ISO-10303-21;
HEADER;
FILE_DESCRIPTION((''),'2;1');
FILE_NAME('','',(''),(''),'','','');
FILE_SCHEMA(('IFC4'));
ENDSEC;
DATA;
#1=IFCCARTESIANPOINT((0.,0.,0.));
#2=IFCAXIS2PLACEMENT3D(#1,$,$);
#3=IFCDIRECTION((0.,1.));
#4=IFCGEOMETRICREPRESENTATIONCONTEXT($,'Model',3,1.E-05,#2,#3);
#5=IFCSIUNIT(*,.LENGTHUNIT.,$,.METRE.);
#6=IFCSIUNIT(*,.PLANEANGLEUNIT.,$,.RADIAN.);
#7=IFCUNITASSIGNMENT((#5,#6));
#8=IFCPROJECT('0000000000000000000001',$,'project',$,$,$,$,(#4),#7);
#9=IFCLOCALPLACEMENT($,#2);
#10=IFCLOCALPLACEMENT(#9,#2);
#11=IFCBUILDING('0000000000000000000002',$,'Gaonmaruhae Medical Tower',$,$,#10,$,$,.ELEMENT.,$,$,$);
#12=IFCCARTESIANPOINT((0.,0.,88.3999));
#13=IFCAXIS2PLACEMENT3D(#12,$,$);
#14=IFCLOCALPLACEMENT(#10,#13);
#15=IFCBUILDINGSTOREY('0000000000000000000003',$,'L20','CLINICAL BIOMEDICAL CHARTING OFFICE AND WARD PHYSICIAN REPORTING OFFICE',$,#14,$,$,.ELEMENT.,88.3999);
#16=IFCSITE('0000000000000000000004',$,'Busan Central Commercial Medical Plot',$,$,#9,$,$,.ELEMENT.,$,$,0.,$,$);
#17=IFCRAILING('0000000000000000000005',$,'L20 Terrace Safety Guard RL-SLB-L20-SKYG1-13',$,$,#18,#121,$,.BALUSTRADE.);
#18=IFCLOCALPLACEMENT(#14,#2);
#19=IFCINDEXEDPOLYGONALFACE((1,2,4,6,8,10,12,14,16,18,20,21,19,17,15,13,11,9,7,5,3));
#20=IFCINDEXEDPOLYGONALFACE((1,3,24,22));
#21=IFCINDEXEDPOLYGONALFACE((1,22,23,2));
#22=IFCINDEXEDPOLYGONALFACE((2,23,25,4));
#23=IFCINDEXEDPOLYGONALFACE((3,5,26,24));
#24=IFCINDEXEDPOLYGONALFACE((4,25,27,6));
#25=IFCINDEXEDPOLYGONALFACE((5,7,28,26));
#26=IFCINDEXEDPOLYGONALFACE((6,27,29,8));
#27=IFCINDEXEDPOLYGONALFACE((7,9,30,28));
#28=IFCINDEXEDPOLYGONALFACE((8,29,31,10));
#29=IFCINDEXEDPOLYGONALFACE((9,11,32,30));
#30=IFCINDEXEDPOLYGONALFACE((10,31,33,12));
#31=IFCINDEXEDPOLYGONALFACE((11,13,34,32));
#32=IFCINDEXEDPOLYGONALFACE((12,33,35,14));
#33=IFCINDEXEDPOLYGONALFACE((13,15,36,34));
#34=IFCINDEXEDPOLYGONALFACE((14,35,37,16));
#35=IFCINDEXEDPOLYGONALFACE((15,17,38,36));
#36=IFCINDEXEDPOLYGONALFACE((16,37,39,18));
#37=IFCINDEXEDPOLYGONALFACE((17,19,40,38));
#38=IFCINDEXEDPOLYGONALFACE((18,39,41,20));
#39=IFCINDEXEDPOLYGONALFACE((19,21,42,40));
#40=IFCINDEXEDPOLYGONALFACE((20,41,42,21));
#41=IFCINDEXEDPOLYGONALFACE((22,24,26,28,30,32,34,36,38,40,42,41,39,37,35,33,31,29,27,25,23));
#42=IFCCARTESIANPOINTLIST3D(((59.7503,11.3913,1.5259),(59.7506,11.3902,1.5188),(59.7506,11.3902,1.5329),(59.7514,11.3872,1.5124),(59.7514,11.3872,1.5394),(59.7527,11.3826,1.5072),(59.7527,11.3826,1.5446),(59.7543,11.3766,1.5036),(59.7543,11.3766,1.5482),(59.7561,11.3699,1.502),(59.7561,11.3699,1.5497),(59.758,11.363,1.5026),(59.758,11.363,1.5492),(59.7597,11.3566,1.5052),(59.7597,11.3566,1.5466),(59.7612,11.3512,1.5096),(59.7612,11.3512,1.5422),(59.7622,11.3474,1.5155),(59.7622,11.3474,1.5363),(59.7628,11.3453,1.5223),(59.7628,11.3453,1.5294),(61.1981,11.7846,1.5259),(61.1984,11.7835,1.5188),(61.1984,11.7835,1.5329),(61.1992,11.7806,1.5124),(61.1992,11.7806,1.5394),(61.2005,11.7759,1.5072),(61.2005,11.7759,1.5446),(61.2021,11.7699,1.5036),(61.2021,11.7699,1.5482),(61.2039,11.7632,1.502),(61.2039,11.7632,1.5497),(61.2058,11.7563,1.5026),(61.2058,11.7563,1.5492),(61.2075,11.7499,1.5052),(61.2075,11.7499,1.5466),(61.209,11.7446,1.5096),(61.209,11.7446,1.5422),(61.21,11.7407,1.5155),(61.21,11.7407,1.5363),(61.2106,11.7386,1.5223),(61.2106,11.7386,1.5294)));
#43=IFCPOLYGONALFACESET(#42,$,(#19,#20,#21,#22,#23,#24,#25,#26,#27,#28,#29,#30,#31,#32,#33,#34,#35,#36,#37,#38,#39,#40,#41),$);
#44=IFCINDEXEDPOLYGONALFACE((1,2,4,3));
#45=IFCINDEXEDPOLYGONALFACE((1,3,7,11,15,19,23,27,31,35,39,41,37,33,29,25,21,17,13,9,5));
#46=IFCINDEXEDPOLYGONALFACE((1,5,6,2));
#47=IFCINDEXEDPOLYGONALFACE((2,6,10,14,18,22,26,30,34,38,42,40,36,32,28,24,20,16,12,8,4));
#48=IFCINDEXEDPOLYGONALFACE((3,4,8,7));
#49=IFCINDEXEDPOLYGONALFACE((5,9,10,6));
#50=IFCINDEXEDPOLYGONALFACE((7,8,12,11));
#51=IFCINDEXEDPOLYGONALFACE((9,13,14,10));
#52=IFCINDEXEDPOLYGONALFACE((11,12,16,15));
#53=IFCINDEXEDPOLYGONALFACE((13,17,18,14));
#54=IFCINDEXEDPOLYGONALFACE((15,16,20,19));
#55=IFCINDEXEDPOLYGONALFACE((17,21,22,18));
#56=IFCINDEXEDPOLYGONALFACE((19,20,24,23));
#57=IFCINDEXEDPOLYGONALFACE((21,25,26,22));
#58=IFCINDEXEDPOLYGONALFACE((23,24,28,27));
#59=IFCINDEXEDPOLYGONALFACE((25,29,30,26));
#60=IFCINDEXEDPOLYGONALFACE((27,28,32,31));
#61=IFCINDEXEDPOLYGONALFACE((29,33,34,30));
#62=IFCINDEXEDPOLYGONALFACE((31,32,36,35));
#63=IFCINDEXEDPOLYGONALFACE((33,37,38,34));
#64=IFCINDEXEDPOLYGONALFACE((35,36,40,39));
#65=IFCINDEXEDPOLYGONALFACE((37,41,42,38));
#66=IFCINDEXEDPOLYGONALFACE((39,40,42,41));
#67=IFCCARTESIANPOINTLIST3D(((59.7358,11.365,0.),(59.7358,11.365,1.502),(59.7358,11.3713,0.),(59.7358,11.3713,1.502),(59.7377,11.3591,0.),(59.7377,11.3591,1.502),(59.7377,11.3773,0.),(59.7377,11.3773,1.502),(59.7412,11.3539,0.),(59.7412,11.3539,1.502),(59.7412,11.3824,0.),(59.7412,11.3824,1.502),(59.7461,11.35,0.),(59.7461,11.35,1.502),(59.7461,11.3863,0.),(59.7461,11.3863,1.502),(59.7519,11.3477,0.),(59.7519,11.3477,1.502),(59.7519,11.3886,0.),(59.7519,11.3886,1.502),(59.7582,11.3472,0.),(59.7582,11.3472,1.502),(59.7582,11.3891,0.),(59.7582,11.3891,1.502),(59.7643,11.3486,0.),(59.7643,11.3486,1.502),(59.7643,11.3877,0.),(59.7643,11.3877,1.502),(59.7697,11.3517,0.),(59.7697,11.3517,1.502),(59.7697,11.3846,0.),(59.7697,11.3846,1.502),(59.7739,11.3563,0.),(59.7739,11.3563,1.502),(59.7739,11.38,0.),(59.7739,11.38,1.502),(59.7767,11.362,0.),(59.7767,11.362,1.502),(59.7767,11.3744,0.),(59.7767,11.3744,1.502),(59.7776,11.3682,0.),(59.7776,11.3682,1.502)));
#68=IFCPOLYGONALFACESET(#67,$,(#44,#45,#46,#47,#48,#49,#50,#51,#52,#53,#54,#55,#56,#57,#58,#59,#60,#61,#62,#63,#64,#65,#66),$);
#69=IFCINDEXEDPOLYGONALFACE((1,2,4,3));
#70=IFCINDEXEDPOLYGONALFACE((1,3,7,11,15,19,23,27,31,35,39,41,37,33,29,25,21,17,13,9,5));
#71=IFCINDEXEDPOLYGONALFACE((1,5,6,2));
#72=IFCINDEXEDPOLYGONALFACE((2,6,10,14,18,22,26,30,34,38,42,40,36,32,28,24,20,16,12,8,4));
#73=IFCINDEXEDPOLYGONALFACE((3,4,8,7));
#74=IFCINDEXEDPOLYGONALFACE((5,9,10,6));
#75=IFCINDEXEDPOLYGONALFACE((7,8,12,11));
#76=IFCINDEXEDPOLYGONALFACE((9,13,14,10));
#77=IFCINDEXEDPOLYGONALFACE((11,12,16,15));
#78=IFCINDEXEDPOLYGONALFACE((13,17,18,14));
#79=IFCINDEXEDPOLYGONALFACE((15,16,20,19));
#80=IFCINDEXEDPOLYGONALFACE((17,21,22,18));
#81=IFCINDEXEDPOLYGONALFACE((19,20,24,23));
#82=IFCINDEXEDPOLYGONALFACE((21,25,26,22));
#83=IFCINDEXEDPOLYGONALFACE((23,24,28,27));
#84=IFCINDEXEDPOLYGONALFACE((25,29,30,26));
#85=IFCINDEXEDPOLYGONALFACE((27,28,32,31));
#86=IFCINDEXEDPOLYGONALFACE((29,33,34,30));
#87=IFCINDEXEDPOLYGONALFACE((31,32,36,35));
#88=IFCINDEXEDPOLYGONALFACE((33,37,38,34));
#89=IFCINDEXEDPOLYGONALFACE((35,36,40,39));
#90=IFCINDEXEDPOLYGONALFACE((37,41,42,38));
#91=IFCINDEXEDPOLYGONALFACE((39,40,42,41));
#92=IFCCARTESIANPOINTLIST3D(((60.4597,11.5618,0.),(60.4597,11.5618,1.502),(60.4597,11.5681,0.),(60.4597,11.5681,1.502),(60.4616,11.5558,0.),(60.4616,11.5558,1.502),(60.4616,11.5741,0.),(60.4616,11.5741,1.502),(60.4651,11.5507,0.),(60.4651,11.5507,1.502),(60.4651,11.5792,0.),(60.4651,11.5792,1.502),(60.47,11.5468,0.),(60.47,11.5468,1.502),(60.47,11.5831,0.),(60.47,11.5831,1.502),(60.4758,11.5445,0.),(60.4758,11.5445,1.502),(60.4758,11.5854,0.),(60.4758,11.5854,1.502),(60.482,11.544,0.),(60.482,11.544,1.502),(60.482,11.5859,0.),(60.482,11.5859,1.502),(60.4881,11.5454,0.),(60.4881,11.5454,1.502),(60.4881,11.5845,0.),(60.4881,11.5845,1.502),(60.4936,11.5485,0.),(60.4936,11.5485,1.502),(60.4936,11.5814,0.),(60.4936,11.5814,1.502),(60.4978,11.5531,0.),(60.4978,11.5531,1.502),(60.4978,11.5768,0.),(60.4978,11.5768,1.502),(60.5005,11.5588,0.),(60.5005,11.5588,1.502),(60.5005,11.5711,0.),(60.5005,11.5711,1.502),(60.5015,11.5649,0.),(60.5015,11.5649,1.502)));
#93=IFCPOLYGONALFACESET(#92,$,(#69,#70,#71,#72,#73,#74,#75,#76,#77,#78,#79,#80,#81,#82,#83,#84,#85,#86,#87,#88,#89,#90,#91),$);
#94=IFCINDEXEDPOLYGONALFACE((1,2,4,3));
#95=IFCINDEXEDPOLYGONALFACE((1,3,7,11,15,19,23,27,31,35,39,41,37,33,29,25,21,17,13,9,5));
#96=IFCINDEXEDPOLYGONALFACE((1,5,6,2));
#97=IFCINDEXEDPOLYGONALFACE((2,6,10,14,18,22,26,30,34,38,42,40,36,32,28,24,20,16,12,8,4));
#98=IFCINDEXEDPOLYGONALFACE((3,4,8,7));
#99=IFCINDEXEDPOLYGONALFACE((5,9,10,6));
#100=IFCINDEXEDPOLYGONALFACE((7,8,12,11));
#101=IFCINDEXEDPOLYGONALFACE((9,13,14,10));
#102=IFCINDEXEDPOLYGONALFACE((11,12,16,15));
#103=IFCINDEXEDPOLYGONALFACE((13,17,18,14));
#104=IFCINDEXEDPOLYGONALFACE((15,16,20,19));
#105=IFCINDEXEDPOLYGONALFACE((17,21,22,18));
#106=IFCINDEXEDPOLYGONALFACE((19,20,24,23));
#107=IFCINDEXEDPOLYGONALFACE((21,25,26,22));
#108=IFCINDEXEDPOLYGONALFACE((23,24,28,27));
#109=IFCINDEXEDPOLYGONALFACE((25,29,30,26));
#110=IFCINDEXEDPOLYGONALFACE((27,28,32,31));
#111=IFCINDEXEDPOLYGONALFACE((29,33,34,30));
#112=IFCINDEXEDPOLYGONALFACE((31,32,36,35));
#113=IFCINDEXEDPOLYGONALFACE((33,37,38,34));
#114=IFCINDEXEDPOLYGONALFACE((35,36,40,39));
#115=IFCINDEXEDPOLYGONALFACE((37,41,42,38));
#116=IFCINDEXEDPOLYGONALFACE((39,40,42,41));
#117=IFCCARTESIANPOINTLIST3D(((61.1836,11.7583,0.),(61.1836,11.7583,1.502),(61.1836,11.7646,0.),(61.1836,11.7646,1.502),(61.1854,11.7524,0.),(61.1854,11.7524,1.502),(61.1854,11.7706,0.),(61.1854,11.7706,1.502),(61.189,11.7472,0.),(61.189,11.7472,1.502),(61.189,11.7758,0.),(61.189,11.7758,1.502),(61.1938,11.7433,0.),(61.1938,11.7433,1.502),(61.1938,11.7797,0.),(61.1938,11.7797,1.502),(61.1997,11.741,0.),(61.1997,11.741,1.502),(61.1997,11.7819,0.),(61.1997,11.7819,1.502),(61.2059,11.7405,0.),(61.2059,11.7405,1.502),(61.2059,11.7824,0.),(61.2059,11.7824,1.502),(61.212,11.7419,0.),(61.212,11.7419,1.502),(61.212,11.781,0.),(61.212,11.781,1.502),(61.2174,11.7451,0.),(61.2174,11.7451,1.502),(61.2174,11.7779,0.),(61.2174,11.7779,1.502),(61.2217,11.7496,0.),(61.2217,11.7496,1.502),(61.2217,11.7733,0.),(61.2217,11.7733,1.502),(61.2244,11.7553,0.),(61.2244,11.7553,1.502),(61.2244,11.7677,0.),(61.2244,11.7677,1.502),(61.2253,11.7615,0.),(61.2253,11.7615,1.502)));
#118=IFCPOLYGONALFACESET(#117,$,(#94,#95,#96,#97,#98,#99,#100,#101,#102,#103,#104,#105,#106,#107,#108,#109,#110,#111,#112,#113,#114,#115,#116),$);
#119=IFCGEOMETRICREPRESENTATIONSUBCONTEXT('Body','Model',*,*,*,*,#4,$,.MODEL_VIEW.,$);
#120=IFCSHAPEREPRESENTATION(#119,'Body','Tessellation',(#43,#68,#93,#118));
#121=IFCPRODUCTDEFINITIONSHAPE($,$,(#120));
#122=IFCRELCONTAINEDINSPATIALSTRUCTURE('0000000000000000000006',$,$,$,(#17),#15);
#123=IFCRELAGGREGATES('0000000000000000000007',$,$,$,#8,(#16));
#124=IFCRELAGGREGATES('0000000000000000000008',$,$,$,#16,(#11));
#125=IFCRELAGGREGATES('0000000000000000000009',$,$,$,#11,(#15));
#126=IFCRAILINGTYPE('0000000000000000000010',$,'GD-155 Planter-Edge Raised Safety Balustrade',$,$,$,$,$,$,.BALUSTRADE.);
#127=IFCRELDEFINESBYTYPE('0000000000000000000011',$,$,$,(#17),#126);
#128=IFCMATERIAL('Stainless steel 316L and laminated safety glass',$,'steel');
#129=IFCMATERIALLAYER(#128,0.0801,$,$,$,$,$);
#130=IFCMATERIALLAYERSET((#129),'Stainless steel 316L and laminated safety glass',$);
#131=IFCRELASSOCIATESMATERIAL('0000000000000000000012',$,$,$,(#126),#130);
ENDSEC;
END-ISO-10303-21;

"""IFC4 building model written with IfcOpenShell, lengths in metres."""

from ifc_helpers import new_model, si_unit, direction, frame, origin, origin_2d, place, context, subcontext, project, spatial, circle, extrude, material, layer, layer_set, type_object, element, save


model = new_model("IFC4")

# Units and contexts
model_context = context("Model", 3, precision=1e-05, world=origin(), true_north=direction((0.0, 1.0)))
body_context = subcontext(model_context, "Body", "Model", "MODEL_VIEW")
ifc_project = project(units=[si_unit("LENGTHUNIT", "METRE"), si_unit("PLANEANGLEUNIT", "RADIAN")], contexts=[model_context])

# Site, building, storey
site_placement = place(None, origin())
site = spatial("IfcSite", under=ifc_project, at=site_placement, Name="Busan Central Commercial Medical Plot", CompositionType="ELEMENT", RefElevation=0.0)
building_placement = place(site_placement, origin())
building = spatial("IfcBuilding", under=site, at=building_placement, Name="Gaonmaruhae Medical Tower", CompositionType="ELEMENT")
storey_placement = place(building_placement, frame((0.0, 0.0, 88.3999)))
storey = spatial("IfcBuildingStorey", under=building, at=storey_placement, Name="L20", Description="CLINICAL BIOMEDICAL CHARTING OFFICE AND WARD PHYSICIAN REPORTING OFFICE", CompositionType="ELEMENT", Elevation=88.3999)

# Railing
ifc_material_1 = material(Name="Stainless steel 316L and laminated safety glass", Category="steel")
ifc_layer_1 = layer(ifc_material_1, 0.0801)
ifc_layer_set_1 = layer_set([ifc_layer_1], Name="Stainless steel 316L and laminated safety glass")
railing_type = type_object("IfcRailingType", Name="GD-155 Planter-Edge Raised Safety Balustrade", PredefinedType="BALUSTRADE", material=ifc_layer_set_1)
railing_1_placement = place(storey_placement, frame((59.7566, 11.3682, 0.0)))
element("IfcRailing", 1, at=railing_1_placement, inside=storey, type_object=railing_type, Name="L20 Terrace Safety Guard RL-SLB-L20-SKYG1-13", PredefinedType="BALUSTRADE", context=body_context, shape_type="SweptSolid", body=[
    extrude(circle(Radius=0.0239, at=origin_2d()), frame((0.0, 0.0, 1.5259), z_axis=(0.965022, 0.262167, 0.0), x_axis=(-0.262167, 0.965022, 0.0)), (0.0, 0.0, 1.0), 1.5002),
    extrude(circle(Radius=0.021, at=origin_2d()), origin(), (0.0, 0.0, 1.0), 1.502),
    extrude(circle(Radius=0.021, at=origin_2d()), frame((0.7239, 0.1968, 0.0)), (0.0, 0.0, 1.0), 1.502),
    extrude(circle(Radius=0.021, at=origin_2d()), frame((1.4478, 0.3933, 0.0)), (0.0, 0.0, 1.0), 1.502),
])

save(model, "model.ifc")
